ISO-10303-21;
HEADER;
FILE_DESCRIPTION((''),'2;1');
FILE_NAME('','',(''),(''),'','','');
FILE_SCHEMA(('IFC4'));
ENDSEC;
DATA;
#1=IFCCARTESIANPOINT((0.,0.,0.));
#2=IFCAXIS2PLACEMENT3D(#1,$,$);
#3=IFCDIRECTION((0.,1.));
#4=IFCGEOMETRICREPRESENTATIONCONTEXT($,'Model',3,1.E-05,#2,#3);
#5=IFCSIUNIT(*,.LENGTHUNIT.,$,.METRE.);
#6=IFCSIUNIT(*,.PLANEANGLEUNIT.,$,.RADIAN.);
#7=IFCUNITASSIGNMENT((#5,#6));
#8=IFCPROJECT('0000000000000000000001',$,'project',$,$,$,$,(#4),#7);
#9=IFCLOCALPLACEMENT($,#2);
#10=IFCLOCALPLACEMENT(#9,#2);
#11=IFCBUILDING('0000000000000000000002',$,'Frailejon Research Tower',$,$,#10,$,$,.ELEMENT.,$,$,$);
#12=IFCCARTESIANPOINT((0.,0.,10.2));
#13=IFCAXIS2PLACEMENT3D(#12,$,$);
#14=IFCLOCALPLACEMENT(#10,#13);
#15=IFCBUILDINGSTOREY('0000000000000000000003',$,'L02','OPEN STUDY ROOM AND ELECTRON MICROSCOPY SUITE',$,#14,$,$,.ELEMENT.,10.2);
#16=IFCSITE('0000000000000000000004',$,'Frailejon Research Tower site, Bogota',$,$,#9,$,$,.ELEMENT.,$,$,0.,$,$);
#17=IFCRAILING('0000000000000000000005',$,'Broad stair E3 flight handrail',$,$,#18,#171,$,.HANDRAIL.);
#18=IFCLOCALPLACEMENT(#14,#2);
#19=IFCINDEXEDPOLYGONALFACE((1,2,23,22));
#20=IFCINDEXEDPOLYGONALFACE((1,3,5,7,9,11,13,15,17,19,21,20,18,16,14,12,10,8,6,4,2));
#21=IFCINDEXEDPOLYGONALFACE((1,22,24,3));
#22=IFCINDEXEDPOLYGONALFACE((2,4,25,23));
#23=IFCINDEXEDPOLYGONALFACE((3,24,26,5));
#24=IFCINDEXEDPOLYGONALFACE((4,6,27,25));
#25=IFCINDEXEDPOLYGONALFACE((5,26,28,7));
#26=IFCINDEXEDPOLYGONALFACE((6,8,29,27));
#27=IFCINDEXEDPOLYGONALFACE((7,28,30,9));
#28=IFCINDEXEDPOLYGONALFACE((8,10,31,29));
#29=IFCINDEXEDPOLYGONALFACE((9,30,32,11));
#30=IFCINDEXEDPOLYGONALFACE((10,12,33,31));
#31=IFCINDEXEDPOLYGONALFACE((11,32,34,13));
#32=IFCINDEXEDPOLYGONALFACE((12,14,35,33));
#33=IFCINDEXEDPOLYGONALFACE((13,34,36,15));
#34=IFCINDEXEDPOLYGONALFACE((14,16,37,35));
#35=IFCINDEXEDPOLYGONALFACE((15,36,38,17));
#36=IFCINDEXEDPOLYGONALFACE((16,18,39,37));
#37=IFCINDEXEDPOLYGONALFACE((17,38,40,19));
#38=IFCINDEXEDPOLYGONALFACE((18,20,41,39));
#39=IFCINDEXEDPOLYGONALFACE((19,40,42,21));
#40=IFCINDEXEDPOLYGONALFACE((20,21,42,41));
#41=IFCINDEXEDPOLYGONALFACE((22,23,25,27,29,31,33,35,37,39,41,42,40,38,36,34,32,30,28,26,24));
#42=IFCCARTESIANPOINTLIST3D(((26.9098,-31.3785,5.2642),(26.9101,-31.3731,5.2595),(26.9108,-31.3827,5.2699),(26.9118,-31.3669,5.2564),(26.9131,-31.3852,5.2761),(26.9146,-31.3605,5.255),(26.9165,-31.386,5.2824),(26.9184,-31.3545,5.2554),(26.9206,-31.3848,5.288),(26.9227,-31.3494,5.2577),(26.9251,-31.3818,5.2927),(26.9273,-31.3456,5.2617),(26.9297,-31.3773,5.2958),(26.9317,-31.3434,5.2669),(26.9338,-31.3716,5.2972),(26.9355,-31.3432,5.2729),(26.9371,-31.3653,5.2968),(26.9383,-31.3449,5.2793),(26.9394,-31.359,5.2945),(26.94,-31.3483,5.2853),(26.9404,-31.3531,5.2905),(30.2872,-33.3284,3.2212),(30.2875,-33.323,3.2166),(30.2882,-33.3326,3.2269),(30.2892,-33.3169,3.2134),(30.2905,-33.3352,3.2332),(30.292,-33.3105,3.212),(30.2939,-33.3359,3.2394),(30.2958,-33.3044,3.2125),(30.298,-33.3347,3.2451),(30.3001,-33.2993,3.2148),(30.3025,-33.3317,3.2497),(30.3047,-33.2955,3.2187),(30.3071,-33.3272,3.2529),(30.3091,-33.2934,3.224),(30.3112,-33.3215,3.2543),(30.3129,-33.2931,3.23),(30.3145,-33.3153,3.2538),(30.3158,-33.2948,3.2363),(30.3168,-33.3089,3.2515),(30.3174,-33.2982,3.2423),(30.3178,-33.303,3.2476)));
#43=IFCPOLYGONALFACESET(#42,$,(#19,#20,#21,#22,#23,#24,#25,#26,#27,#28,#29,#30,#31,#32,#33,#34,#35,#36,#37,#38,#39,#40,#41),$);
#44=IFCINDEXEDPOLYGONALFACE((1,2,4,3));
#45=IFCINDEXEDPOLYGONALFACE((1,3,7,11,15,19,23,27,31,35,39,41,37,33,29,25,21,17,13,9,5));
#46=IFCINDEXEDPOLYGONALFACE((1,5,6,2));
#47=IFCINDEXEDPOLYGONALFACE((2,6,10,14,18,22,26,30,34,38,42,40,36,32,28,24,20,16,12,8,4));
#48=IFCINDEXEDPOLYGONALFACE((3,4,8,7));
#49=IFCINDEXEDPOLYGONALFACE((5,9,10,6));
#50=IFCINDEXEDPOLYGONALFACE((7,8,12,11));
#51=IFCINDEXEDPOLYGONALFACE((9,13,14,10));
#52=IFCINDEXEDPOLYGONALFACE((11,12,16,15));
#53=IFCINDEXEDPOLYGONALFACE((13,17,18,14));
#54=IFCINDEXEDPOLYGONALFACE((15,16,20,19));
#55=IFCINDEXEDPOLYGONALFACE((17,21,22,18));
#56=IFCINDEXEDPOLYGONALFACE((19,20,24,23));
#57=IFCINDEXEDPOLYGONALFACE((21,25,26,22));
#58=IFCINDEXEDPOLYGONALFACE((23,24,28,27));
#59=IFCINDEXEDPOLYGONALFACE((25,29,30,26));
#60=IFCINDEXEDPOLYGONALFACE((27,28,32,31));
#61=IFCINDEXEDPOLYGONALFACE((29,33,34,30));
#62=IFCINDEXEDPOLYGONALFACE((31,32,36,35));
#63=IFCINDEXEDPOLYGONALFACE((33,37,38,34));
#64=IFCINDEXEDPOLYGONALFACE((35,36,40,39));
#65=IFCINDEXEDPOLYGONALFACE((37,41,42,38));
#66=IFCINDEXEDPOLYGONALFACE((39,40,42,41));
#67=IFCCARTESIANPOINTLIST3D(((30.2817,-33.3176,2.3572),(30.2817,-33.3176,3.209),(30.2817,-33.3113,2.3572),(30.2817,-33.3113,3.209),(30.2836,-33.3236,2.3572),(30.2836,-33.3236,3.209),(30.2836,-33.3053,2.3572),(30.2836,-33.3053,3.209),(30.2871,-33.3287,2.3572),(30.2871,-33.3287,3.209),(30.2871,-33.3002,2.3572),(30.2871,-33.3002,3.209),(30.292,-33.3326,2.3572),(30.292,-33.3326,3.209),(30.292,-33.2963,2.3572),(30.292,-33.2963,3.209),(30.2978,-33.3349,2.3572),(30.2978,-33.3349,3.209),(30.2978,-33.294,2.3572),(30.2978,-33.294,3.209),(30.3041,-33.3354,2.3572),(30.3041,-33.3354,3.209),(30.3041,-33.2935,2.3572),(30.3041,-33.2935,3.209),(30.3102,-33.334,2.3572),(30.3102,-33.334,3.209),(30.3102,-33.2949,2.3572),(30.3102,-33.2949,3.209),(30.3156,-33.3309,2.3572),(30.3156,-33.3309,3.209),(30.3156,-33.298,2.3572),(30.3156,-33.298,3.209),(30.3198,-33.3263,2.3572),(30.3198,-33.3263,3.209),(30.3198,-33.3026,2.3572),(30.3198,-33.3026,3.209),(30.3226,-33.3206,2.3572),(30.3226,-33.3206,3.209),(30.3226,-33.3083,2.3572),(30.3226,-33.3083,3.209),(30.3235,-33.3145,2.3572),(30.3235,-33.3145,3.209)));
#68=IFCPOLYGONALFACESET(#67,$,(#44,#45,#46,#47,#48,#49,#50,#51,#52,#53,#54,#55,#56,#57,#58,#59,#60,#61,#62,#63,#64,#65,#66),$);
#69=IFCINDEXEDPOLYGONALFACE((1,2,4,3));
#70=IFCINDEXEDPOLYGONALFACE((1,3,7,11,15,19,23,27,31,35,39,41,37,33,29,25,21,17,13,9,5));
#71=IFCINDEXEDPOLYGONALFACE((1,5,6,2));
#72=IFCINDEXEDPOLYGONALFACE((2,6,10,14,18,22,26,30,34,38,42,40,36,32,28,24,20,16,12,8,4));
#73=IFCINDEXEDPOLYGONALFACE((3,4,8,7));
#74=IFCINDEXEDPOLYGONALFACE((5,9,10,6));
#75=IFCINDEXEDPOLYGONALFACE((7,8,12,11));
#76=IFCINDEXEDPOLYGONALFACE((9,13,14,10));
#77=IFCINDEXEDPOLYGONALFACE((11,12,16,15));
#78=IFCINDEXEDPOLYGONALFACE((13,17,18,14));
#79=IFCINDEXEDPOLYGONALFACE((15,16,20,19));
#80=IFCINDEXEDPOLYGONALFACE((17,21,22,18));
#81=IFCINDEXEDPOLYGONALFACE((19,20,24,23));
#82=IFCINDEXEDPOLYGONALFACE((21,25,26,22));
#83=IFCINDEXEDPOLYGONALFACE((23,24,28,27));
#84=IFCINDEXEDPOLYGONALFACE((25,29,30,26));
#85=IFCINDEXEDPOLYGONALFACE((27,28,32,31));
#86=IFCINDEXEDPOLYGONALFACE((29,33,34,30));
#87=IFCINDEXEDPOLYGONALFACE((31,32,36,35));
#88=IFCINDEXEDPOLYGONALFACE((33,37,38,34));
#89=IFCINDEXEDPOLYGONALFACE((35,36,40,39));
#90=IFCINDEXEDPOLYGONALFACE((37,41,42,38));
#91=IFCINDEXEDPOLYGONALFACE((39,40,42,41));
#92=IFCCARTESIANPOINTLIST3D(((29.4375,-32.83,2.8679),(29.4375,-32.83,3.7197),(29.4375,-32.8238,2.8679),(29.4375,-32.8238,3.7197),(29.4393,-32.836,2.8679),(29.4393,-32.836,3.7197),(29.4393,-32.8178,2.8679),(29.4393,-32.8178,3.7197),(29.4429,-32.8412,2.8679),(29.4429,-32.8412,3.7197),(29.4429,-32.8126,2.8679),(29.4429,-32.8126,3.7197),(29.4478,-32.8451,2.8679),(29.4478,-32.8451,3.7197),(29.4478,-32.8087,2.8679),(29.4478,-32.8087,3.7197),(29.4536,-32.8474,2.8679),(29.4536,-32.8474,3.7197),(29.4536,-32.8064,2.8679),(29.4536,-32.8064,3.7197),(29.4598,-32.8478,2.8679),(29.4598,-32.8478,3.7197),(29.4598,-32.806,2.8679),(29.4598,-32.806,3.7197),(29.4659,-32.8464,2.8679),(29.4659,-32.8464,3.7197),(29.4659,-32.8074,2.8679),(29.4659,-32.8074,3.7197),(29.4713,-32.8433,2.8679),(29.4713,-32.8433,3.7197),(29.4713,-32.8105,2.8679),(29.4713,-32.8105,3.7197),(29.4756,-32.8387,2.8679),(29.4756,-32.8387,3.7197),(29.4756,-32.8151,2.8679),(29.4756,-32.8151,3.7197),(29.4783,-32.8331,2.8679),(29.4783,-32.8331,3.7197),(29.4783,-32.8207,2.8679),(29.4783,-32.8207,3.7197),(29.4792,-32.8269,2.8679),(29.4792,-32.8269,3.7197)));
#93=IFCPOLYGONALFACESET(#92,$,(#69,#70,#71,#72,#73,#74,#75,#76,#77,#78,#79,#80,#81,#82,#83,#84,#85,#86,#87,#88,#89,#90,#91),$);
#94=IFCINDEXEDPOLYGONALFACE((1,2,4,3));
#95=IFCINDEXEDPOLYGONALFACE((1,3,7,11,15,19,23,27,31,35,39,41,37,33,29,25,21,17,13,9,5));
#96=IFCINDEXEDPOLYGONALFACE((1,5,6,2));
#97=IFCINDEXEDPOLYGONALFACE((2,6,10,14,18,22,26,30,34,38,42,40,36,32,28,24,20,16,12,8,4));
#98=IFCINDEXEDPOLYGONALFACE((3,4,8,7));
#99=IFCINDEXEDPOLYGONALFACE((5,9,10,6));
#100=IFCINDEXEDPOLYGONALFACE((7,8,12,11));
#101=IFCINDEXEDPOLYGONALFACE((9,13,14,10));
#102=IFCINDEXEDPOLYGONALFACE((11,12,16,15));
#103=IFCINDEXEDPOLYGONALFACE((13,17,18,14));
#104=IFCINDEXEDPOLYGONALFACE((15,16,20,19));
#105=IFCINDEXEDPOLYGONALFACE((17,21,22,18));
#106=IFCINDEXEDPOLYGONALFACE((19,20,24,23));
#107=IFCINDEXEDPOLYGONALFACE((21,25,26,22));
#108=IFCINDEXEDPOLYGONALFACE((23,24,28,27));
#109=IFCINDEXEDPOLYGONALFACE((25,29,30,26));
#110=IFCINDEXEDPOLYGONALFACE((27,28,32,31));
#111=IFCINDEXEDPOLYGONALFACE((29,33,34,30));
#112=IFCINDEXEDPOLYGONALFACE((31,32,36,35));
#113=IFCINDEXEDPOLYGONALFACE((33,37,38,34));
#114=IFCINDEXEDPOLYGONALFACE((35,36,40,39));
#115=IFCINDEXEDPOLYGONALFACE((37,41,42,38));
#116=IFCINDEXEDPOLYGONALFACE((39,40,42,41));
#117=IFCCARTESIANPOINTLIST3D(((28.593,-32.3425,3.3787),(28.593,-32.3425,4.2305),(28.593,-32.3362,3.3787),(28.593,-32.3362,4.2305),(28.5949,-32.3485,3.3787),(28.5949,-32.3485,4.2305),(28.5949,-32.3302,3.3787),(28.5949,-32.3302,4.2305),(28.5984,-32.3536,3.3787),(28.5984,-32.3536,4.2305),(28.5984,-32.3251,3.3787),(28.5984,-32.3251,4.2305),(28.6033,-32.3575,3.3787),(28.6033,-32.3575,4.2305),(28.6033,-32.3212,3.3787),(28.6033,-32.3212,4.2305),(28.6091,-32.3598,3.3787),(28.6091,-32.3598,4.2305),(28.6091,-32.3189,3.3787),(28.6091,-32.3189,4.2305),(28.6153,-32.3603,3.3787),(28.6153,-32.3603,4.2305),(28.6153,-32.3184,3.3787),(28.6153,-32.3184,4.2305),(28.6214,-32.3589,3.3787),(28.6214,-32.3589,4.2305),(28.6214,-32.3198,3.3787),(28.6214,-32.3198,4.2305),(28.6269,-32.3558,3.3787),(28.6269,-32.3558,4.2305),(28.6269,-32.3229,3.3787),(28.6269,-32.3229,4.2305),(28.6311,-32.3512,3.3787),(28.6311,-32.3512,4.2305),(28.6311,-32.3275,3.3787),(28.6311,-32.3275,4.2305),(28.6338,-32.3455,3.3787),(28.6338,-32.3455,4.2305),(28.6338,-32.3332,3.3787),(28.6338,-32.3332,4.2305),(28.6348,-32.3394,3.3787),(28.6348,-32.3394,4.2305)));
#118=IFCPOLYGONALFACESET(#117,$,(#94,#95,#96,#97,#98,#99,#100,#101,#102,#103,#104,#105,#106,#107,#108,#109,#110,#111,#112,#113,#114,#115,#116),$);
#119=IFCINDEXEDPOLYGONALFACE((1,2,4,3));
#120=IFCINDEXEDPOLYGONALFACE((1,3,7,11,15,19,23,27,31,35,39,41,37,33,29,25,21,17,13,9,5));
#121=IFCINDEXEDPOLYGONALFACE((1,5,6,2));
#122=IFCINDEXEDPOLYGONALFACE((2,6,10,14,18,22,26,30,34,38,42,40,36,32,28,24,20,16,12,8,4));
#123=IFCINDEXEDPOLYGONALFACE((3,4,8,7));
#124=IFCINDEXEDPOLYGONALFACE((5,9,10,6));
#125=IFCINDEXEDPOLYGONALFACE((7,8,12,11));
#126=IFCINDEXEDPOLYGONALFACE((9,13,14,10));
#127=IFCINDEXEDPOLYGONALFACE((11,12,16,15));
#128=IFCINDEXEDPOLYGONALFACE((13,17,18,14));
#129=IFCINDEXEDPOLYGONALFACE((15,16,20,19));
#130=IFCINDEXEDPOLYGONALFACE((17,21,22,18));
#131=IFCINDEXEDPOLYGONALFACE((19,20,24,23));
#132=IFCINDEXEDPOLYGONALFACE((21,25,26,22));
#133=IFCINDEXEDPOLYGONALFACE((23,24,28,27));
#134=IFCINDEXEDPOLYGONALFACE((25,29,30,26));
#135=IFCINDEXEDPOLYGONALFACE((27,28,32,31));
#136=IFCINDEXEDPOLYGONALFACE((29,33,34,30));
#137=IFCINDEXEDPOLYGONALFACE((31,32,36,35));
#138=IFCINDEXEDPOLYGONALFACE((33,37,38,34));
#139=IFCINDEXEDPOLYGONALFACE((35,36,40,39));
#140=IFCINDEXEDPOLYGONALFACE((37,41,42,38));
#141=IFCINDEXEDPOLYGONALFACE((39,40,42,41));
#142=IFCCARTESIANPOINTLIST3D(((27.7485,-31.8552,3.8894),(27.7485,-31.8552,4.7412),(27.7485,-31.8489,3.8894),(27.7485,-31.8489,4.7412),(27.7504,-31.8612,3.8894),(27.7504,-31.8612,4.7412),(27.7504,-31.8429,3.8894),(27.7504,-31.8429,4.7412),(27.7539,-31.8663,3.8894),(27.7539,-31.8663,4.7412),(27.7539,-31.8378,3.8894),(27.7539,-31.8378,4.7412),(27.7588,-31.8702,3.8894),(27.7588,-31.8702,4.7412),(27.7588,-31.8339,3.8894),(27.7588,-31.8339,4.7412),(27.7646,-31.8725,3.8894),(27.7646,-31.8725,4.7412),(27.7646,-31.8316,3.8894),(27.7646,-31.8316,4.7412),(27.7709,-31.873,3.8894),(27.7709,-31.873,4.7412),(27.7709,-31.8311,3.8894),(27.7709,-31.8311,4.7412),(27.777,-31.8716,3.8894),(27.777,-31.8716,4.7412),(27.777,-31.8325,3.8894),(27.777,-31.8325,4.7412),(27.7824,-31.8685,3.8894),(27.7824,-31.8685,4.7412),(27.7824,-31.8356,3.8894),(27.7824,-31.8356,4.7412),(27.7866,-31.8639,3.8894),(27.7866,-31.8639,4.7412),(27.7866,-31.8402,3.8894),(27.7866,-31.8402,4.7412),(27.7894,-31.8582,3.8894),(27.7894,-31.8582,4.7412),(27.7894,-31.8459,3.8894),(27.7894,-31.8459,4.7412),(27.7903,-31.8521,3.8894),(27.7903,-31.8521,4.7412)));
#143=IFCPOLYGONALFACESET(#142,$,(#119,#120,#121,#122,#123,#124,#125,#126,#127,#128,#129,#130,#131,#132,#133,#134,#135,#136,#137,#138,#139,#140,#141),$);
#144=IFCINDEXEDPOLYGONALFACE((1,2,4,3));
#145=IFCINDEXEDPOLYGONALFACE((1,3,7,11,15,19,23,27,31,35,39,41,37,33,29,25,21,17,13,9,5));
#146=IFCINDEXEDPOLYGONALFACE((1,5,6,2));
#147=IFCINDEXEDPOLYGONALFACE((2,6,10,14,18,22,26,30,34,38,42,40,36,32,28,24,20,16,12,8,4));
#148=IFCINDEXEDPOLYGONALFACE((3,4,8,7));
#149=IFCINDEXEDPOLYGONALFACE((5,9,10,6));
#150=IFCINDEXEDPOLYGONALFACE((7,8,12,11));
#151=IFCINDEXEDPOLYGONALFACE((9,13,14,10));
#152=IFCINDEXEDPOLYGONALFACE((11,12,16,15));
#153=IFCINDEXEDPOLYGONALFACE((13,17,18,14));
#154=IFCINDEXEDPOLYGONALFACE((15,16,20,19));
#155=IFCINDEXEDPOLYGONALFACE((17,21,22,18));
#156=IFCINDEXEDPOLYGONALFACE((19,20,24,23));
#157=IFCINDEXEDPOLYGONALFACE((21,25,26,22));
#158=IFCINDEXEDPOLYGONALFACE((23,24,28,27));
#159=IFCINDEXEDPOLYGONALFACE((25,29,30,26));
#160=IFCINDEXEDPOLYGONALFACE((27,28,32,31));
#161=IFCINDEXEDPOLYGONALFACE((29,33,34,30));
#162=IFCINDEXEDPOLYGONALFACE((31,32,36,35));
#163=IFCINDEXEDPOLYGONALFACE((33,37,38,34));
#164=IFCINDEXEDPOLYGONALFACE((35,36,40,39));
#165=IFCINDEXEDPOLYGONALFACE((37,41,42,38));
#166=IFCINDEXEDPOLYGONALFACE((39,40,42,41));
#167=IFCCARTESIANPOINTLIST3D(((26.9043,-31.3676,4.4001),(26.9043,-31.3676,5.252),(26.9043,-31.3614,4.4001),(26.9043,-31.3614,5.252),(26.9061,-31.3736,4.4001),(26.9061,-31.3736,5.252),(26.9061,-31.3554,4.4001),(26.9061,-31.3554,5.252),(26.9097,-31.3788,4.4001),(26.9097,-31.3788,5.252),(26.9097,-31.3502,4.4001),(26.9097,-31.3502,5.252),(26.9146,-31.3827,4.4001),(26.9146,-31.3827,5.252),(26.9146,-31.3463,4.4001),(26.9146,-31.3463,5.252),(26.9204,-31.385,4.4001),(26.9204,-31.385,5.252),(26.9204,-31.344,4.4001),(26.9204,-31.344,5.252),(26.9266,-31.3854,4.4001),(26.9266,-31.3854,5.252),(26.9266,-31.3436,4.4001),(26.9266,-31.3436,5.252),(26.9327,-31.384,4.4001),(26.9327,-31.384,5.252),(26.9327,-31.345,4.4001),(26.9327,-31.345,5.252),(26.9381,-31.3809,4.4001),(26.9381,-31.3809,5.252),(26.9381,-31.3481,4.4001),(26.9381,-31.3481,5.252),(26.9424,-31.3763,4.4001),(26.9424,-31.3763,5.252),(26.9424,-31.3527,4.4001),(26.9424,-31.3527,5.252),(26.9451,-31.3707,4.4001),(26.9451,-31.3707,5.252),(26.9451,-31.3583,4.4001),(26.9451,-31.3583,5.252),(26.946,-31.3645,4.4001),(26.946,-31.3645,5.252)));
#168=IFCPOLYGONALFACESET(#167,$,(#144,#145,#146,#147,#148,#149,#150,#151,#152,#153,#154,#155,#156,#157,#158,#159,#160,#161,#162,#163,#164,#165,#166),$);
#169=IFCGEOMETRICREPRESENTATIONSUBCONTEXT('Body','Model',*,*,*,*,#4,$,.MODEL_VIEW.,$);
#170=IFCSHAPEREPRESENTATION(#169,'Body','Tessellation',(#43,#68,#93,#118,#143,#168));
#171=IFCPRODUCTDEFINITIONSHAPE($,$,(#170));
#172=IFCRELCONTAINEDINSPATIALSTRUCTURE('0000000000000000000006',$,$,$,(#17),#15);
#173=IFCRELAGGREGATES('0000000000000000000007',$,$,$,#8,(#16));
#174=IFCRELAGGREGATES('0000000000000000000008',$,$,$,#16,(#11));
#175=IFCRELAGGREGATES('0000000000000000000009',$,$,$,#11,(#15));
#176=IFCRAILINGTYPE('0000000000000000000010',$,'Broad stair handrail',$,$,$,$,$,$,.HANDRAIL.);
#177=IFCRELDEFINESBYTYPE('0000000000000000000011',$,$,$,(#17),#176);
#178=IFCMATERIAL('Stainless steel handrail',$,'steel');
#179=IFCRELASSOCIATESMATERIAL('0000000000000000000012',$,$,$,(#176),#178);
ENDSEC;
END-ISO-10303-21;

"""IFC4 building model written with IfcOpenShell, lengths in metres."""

from ifc_helpers import new_model, si_unit, direction, frame, origin, origin_2d, place, context, subcontext, project, spatial, circle, extrude, material, type_object, element, save


model = new_model("IFC4")

# Units and contexts
model_context = context("Model", 3, precision=1e-05, world=origin(), true_north=direction((0.0, 1.0)))
body_context = subcontext(model_context, "Body", "Model", "MODEL_VIEW")
ifc_project = project(units=[si_unit("LENGTHUNIT", "METRE"), si_unit("PLANEANGLEUNIT", "RADIAN")], contexts=[model_context])

# Site, building, storey
site_placement = place(None, origin())
site = spatial("IfcSite", under=ifc_project, at=site_placement, Name="Frailejon Research Tower site, Bogota", CompositionType="ELEMENT", RefElevation=0.0)
building_placement = place(site_placement, origin())
building = spatial("IfcBuilding", under=site, at=building_placement, Name="Frailejon Research Tower", CompositionType="ELEMENT")
storey_placement = place(building_placement, frame((0.0, 0.0, 10.2)))
storey = spatial("IfcBuildingStorey", under=building, at=storey_placement, Name="L02", Description="OPEN STUDY ROOM AND ELECTRON MICROSCOPY SUITE", CompositionType="ELEMENT", Elevation=10.2)

# Railing
ifc_material_1 = material(Name="Stainless steel handrail", Category="steel")
railing_type_1 = type_object("IfcRailingType", Name="Broad stair handrail", PredefinedType="HANDRAIL", material=ifc_material_1)
railing_1_placement = place(storey_placement, frame((30.3025, -33.3145, 2.3572)))
element("IfcRailing", 1, at=railing_1_placement, inside=storey, type_object=railing_type_1, Name="Broad stair E3 flight handrail", PredefinedType="HANDRAIL", context=body_context, shape_type="SweptSolid", body=[
    extrude(circle(Radius=0.0239, at=origin_2d()), frame((0.0, 0.0, 0.876), z_axis=(-0.767142, 0.442906, 0.464034), x_axis=(-0.499997, -0.866027, 0.0)), (0.0, 0.0, 1.0), 4.4026),
    extrude(circle(Radius=0.021, at=origin_2d()), origin(), (0.0, 0.0, 1.0), 0.8518),
    extrude(circle(Radius=0.021, at=origin_2d()), frame((-0.8442, 0.4875, 0.5107)), (0.0, 0.0, 1.0), 0.8518),
    extrude(circle(Radius=0.021, at=origin_2d()), frame((-1.6887, 0.9751, 1.0215)), (0.0, 0.0, 1.0), 0.8518),
    extrude(circle(Radius=0.021, at=origin_2d()), frame((-2.5332, 1.4624, 1.5322)), (0.0, 0.0, 1.0), 0.8518),
    extrude(circle(Radius=0.021, at=origin_2d()), frame((-3.3774, 1.95, 2.043)), (0.0, 0.0, 1.0), 0.8518),
])

save(model, "model.ifc")
